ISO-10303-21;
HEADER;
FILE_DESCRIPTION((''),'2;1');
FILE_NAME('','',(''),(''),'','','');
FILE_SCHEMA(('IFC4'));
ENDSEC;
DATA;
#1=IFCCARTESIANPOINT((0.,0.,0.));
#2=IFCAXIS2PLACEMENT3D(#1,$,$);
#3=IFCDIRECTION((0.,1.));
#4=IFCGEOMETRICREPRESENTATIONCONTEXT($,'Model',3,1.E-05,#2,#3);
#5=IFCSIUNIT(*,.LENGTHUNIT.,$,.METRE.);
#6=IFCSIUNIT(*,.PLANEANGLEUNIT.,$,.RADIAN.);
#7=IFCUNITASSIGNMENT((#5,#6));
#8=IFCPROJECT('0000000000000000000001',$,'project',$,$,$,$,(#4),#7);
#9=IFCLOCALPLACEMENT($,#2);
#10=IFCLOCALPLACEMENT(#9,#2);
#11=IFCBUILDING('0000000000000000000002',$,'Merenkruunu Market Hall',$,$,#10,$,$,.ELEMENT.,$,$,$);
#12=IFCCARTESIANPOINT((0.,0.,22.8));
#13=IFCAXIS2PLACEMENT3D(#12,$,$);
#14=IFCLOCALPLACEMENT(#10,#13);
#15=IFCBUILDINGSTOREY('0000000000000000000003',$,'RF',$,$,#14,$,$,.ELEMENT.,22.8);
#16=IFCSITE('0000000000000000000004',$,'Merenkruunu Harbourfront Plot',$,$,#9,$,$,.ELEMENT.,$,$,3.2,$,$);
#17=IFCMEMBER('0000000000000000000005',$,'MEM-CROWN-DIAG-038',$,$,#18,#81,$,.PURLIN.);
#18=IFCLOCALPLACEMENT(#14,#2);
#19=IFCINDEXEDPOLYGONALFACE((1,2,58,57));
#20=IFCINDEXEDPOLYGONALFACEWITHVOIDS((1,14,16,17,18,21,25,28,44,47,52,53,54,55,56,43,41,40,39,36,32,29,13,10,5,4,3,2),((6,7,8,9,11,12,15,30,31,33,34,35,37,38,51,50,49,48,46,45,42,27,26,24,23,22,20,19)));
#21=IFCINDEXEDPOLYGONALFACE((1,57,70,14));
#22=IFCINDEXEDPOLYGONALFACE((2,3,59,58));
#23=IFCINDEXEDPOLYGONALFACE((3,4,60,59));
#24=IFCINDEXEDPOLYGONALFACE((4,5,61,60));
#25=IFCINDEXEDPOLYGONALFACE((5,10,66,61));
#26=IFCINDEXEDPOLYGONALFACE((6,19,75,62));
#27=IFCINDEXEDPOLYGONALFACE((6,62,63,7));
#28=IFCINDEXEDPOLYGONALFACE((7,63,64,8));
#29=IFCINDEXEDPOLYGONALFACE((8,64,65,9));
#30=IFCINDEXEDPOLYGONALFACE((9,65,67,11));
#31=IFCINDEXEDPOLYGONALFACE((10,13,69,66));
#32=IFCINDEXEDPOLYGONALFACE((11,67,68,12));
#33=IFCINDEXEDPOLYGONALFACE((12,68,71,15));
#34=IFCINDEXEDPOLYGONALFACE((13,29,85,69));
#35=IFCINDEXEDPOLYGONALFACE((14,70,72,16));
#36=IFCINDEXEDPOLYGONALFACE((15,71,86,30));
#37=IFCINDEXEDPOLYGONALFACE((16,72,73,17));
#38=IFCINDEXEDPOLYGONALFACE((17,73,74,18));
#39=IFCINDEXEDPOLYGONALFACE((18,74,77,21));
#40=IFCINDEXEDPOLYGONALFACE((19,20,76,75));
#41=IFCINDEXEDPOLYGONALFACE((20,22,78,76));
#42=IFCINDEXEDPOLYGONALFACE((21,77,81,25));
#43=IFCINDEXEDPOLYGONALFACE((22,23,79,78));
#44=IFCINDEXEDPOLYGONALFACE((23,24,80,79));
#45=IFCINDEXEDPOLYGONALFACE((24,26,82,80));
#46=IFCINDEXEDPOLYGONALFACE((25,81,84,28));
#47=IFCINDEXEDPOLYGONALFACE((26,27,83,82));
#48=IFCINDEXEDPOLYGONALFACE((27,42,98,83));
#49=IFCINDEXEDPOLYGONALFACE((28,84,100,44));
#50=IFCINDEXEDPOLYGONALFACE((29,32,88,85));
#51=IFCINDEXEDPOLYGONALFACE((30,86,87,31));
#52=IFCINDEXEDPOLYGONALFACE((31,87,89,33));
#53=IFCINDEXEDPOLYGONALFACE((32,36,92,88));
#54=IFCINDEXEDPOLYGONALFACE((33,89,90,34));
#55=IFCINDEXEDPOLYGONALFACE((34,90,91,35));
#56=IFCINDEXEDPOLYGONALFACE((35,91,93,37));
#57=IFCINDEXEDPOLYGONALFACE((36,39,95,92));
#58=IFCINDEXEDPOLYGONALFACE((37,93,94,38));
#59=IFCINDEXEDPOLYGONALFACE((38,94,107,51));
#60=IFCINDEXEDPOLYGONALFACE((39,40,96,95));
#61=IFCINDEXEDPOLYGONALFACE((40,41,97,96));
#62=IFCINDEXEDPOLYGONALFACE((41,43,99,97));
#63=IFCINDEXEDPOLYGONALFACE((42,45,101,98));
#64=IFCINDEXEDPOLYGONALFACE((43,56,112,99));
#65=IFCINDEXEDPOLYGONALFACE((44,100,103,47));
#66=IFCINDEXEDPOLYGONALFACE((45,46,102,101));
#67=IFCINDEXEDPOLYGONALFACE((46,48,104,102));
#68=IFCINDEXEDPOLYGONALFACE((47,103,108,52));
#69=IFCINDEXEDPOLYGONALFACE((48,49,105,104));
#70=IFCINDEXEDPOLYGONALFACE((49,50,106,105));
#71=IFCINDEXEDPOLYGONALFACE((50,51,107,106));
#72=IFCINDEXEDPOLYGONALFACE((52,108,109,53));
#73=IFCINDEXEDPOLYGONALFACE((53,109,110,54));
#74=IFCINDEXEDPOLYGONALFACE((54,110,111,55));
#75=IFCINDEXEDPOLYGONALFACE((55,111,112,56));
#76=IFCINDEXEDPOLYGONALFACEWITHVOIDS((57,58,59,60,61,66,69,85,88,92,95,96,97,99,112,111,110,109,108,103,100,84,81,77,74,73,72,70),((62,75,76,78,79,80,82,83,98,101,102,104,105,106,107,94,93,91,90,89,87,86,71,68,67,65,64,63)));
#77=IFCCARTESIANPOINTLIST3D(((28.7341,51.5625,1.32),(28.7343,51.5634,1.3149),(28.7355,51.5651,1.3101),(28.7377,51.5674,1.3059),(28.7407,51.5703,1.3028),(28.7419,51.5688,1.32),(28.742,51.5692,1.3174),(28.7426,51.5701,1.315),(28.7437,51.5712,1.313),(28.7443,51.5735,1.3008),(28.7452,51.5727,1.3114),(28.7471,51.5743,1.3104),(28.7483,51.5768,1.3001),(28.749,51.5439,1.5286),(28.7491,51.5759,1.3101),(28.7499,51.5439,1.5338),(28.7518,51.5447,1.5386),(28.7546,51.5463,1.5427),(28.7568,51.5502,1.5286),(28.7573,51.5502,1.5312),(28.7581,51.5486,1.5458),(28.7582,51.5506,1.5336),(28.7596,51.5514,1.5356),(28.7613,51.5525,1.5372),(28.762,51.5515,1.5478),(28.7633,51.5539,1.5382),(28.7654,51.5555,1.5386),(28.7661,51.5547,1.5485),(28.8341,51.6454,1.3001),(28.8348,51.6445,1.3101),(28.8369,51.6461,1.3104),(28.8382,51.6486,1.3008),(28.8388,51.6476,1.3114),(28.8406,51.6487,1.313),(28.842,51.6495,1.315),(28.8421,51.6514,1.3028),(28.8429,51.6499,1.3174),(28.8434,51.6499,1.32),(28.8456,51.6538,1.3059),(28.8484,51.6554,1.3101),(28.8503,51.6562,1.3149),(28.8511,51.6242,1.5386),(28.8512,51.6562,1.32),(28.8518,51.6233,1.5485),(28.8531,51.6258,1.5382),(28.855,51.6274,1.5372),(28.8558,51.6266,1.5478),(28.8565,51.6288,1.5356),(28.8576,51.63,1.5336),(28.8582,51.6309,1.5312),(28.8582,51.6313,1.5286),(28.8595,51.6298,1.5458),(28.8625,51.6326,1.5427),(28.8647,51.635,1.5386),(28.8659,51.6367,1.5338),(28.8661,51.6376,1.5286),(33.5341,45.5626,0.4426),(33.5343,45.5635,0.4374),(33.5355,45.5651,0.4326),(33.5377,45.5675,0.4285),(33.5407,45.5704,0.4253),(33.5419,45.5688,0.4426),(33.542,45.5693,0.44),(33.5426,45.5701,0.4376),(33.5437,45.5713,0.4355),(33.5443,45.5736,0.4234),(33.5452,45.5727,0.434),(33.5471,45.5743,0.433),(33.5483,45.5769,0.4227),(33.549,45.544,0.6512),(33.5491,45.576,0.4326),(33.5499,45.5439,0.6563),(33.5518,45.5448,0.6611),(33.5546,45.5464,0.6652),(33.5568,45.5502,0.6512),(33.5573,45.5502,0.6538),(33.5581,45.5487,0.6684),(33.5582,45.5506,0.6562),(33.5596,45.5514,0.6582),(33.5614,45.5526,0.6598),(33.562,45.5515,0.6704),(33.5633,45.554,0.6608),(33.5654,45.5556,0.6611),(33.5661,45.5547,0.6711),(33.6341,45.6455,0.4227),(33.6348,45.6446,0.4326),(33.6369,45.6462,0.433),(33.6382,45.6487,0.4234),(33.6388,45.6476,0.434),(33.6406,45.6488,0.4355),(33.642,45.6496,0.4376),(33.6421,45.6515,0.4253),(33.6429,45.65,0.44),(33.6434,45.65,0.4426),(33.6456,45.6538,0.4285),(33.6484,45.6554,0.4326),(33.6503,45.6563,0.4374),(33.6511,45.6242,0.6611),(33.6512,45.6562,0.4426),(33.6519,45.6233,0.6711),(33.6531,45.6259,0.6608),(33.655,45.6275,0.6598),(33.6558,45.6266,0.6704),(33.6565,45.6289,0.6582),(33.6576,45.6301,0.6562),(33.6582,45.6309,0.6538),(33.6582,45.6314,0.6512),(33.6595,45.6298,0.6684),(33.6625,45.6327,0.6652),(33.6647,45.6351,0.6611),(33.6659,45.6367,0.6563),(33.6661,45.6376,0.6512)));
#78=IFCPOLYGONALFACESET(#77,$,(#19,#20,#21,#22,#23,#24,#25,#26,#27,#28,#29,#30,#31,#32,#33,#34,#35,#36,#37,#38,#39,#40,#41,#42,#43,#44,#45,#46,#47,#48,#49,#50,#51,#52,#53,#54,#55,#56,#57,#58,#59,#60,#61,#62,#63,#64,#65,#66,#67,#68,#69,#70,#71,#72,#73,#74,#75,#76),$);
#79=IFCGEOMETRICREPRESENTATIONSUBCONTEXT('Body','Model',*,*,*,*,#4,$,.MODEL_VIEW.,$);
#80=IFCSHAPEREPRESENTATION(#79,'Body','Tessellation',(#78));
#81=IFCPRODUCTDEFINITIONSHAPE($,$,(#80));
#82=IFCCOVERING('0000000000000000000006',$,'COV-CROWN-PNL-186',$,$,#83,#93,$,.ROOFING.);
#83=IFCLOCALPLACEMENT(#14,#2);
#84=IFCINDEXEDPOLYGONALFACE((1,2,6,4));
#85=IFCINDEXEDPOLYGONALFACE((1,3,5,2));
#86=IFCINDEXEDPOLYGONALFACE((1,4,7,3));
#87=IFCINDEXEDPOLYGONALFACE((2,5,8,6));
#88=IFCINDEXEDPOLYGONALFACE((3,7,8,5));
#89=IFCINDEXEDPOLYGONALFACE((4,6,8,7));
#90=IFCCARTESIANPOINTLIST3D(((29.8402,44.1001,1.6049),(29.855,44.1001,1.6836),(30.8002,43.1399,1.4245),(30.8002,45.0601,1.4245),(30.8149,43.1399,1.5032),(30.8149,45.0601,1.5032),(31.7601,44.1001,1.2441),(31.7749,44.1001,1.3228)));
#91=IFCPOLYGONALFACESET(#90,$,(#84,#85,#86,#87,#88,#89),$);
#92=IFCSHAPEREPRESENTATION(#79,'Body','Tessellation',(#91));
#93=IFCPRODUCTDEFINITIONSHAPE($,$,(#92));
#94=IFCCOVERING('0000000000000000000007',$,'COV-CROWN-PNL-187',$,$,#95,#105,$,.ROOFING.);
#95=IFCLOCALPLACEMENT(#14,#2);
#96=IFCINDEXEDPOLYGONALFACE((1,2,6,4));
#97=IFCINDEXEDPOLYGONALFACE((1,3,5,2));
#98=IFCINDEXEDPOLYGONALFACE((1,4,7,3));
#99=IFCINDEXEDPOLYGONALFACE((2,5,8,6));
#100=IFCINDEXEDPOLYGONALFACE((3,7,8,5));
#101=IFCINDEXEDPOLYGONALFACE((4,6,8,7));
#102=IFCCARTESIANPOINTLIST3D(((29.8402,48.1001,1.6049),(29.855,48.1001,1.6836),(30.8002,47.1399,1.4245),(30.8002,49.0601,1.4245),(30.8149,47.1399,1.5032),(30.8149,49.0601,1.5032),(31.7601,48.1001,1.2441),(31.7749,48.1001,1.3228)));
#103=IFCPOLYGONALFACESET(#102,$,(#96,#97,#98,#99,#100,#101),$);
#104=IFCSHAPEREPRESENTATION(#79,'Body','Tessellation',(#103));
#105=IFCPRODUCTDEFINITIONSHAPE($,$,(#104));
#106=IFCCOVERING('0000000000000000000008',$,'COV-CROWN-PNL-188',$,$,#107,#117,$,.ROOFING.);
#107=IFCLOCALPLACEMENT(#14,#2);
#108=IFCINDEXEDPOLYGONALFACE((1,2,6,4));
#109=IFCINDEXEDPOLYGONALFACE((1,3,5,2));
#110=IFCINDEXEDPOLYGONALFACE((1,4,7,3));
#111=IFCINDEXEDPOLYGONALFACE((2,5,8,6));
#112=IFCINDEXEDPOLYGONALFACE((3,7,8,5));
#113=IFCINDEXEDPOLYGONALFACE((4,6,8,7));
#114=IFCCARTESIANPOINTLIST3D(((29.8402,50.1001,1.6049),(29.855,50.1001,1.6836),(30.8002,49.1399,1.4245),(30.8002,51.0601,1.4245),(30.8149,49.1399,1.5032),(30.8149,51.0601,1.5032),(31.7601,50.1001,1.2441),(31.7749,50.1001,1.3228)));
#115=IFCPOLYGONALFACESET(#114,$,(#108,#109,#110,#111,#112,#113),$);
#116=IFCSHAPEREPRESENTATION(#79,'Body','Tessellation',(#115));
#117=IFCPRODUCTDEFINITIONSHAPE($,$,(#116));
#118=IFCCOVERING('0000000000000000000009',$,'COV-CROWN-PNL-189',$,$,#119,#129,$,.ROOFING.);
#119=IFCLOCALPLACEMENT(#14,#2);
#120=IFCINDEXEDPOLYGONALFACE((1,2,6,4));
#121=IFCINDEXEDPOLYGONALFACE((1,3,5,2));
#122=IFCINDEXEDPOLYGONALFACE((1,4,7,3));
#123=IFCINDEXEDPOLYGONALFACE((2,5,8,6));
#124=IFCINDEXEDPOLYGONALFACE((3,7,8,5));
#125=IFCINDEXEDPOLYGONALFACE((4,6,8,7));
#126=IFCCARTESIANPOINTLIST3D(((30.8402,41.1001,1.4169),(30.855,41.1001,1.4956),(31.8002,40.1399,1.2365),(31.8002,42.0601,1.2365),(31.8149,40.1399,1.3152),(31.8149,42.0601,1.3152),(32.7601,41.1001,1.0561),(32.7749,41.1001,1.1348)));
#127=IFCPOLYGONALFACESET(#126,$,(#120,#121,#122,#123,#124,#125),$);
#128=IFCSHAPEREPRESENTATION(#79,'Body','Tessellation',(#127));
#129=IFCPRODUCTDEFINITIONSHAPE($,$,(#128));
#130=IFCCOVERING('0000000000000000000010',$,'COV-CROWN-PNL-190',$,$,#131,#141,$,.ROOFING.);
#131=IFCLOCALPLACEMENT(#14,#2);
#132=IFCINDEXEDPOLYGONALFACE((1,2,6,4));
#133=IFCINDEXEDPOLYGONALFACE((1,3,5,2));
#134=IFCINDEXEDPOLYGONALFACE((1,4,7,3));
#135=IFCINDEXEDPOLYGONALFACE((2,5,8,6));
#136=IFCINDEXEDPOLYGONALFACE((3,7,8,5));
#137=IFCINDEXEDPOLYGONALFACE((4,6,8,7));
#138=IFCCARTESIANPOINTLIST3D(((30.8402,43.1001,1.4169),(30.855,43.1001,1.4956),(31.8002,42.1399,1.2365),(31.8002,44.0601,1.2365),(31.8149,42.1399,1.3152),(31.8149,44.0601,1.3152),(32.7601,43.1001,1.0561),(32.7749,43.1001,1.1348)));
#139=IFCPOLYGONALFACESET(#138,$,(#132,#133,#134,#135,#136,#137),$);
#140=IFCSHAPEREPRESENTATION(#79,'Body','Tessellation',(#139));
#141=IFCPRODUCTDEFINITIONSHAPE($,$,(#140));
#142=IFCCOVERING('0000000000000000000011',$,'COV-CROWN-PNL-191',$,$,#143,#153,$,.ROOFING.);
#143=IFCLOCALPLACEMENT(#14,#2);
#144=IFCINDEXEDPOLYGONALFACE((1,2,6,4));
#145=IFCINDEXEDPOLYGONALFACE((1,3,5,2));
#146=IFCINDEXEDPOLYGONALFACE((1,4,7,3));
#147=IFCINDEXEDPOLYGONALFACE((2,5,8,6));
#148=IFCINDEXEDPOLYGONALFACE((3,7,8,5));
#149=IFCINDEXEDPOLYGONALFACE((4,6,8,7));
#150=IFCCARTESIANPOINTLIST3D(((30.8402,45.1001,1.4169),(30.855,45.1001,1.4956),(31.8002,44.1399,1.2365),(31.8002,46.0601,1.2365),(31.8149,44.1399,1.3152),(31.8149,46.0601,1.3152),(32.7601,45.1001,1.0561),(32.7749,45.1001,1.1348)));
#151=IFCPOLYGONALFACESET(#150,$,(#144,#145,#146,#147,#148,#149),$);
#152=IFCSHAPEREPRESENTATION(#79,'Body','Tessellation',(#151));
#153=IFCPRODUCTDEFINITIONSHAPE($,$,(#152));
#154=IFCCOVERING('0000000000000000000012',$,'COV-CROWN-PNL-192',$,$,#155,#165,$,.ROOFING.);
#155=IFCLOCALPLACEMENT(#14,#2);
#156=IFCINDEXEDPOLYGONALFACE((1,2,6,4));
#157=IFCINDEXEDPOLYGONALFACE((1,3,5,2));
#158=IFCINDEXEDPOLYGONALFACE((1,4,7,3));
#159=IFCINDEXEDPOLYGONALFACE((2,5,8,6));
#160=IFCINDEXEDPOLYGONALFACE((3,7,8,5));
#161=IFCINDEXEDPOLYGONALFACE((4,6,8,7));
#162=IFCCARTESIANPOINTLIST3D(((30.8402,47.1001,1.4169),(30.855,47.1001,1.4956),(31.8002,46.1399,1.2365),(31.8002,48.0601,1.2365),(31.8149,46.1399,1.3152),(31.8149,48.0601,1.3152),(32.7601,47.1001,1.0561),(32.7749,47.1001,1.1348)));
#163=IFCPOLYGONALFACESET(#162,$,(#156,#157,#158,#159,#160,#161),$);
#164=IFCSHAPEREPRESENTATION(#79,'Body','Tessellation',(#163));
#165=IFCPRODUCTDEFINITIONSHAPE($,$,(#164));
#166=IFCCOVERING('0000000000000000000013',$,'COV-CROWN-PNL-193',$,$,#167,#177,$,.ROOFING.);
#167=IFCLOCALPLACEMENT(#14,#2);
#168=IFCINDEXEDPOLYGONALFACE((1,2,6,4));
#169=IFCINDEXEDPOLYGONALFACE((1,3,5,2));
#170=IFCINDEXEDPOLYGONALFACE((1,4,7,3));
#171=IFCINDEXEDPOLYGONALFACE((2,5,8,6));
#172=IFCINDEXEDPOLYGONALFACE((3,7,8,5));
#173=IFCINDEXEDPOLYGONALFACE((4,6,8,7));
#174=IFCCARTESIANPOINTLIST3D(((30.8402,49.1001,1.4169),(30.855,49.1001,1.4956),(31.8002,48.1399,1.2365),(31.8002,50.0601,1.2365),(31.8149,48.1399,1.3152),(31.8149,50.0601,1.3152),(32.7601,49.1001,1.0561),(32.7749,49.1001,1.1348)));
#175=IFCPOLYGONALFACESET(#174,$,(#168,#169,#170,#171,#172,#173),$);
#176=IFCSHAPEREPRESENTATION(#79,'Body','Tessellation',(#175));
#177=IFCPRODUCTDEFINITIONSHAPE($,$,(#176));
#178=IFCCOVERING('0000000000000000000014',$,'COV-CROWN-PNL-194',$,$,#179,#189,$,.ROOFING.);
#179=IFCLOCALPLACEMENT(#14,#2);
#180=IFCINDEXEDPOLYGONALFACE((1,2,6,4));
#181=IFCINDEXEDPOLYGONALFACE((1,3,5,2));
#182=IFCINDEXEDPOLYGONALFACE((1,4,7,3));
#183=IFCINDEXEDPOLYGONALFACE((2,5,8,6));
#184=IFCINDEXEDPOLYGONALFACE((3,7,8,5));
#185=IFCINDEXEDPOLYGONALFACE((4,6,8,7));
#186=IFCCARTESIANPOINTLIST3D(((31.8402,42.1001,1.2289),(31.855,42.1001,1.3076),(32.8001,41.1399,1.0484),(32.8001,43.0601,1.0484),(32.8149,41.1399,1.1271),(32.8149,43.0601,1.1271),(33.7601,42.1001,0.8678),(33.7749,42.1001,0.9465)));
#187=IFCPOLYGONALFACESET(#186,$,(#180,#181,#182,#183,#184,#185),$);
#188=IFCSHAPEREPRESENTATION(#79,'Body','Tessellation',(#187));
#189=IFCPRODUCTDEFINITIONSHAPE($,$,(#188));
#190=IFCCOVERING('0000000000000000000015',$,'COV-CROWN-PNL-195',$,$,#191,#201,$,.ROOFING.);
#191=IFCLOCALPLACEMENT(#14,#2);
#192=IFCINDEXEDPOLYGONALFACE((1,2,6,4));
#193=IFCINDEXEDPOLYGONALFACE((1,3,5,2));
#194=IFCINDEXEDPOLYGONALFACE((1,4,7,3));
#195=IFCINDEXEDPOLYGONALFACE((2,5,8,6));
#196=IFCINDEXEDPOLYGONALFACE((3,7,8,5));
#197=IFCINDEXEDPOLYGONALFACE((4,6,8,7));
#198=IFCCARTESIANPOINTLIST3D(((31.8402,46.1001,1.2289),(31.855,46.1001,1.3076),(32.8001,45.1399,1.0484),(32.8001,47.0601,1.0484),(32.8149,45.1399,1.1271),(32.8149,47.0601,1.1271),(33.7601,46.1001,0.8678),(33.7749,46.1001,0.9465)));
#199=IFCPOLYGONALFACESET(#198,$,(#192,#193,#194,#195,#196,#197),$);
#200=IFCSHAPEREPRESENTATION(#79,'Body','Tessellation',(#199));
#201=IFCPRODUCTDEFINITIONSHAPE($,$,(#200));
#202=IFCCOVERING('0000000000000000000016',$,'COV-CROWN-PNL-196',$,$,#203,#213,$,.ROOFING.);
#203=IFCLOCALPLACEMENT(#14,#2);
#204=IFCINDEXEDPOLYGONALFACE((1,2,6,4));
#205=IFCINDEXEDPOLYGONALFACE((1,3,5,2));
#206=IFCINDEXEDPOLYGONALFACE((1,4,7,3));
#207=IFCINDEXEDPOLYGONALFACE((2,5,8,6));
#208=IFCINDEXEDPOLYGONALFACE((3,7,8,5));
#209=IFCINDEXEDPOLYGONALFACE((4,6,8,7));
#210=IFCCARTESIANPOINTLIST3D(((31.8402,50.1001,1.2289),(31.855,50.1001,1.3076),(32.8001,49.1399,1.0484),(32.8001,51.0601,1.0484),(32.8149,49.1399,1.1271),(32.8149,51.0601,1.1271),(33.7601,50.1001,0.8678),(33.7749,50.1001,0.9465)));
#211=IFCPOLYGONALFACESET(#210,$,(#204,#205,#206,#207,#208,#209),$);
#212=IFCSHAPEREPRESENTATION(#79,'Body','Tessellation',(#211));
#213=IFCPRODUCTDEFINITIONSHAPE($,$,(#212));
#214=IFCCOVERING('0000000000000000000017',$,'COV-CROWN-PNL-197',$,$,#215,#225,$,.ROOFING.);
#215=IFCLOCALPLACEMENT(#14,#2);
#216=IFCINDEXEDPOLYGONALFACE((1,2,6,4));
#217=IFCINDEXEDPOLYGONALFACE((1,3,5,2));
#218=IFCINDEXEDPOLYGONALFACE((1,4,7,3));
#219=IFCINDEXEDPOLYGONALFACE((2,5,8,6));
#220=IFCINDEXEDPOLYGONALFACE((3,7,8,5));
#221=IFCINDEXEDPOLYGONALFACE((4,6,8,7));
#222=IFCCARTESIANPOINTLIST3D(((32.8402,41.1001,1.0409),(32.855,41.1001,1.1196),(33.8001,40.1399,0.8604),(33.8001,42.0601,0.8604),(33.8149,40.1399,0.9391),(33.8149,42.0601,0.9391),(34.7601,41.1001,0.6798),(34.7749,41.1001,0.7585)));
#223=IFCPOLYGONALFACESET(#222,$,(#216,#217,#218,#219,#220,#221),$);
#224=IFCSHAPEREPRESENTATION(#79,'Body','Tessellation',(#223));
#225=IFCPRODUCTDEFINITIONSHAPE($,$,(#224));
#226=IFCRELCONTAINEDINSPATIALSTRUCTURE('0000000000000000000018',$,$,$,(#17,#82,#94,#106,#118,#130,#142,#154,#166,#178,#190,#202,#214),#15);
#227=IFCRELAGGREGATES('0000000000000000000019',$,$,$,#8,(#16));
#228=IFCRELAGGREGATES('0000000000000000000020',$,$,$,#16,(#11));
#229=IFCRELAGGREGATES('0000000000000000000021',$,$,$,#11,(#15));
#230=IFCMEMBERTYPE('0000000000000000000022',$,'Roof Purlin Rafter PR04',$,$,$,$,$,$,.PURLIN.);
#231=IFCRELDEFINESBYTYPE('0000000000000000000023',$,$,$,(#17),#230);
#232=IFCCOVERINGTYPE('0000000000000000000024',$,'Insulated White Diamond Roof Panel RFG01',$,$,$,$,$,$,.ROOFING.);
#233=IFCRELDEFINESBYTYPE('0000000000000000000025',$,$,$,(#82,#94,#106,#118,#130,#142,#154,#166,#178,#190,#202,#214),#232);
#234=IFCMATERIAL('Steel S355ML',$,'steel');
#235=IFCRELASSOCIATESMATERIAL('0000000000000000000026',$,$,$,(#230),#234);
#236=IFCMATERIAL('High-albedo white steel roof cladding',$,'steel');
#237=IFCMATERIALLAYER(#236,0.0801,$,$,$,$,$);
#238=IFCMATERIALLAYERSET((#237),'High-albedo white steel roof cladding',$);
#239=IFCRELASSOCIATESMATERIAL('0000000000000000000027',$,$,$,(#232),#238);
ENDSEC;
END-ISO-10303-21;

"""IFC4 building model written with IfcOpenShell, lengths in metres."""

from ifc_helpers import new_model, si_unit, direction, frame, origin, origin_2d, place, context, subcontext, project, spatial, polyline, hollow_rectangle, outline, extrude, material, layer, layer_set, material_profile, profile_set, type_object, element, save


model = new_model("IFC4")

# Units and contexts
model_context = context("Model", 3, precision=1e-05, world=origin(), true_north=direction((0.0, 1.0)))
body_context = subcontext(model_context, "Body", "Model", "MODEL_VIEW")
ifc_project = project(units=[si_unit("LENGTHUNIT", "METRE"), si_unit("PLANEANGLEUNIT", "RADIAN")], contexts=[model_context])

# Site, building, storey
site_placement = place(None, origin())
site = spatial("IfcSite", under=ifc_project, at=site_placement, Name="Merenkruunu Harbourfront Plot", CompositionType="ELEMENT", RefElevation=3.2)
building_placement = place(site_placement, origin())
building = spatial("IfcBuilding", under=site, at=building_placement, Name="Merenkruunu Market Hall", CompositionType="ELEMENT")
storey_placement = place(building_placement, frame((0.0, 0.0, 22.8)))
storey = spatial("IfcBuildingStorey", under=building, at=storey_placement, Name="RF", CompositionType="ELEMENT", Elevation=22.8)

# Member
ifc_material_1 = material(Name="Steel S355ML", Category="steel")
ifc_material_profile = material_profile(ifc_material_1, hollow_rectangle(XDim=0.1499, YDim=0.25, WallThickness=0.01, InnerFilletRadius=0.01, OuterFilletRadius=0.02, at=origin_2d()), Name="RHS 250x150x10")
ifc_profile_set = profile_set([ifc_material_profile], Name="Steel S355ML")
member_type = type_object("IfcMemberType", Name="Roof Purlin Rafter PR04", PredefinedType="PURLIN", material=ifc_profile_set)
member_placement = place(storey_placement, frame((33.6001, 45.6001, 0.5469), z_axis=(-0.620665, 0.775824, 0.113457), x_axis=(-0.780866, -0.624699, 0.0)))
element("IfcMember", 1, at=member_placement, inside=storey, type_object=member_type, Name="MEM-CROWN-DIAG-038", PredefinedType="PURLIN", context=body_context, shape_type="SweptSolid", body=[
    extrude(hollow_rectangle(XDim=0.1499, YDim=0.25, WallThickness=0.01, InnerFilletRadius=0.01, OuterFilletRadius=0.02, at=origin_2d()), origin(), (0.0, 0.0, 1.0), 7.7336),
])

# Coverings
ifc_material_2 = material(Name="High-albedo white steel roof cladding", Category="steel")
ifc_layer_1 = layer(ifc_material_2, 0.0801)
ifc_layer_set_1 = layer_set([ifc_layer_1], Name="High-albedo white steel roof cladding")
covering_type_1 = type_object("IfcCoveringType", Name="Insulated White Diamond Roof Panel RFG01", PredefinedType="ROOFING", material=ifc_layer_set_1)
for number, where, z_axis, x_axis, name in (
    (2, (29.855, 44.1001, 1.6836), (0.184711, 0.0, 0.982793), (0.700856, -0.701035, -0.131722), "COV-CROWN-PNL-186"),
    (3, (29.855, 48.1001, 1.6836), (0.184711, 0.0, 0.982793), (0.700856, -0.701035, -0.131722), "COV-CROWN-PNL-187"),
    (4, (29.855, 50.1001, 1.6836), (0.184711, 0.0, 0.982793), (0.700856, -0.701035, -0.131722), "COV-CROWN-PNL-188"),
    (5, (30.855, 41.1001, 1.4956), (0.184711, 0.0, 0.982793), (0.700856, -0.701035, -0.131722), "COV-CROWN-PNL-189"),
    (6, (30.855, 43.1001, 1.4956), (0.184711, 0.0, 0.982793), (0.700856, -0.701035, -0.131722), "COV-CROWN-PNL-190"),
    (7, (30.855, 45.1001, 1.4956), (0.184711, 0.0, 0.982793), (0.700856, -0.701035, -0.131722), "COV-CROWN-PNL-191"),
    (8, (30.855, 47.1001, 1.4956), (0.184711, 0.0, 0.982793), (0.700856, -0.701035, -0.131722), "COV-CROWN-PNL-192"),
    (9, (30.855, 49.1001, 1.4956), (0.184711, 0.0, 0.982793), (0.700856, -0.701035, -0.131722), "COV-CROWN-PNL-193"),
):
    element("IfcCovering", number, at=place(storey_placement, frame(where, z_axis=z_axis, x_axis=x_axis)), inside=storey, type_object=covering_type_1, Name=name, PredefinedType="ROOFING", context=body_context, shape_type="SweptSolid", body=[
        extrude(outline(polyline([(0.0, 0.0), (1.3697, 0.0), (1.3931, 1.3695), (0.0236, 1.3693), (0.0, 0.0)])), origin(), (0.0, 0.0, -1.0), 0.0801),
    ])
for number, where, z_axis, x_axis, name in (
    (10, (31.855, 42.1001, 1.3076), (0.184832, 0.0, 0.98277), (0.70084, -0.701035, -0.131809), "COV-CROWN-PNL-194"),
    (11, (31.855, 46.1001, 1.3076), (0.184832, 0.0, 0.98277), (0.70084, -0.701035, -0.131809), "COV-CROWN-PNL-195"),
    (12, (31.855, 50.1001, 1.3076), (0.184832, 0.0, 0.98277), (0.70084, -0.701035, -0.131809), "COV-CROWN-PNL-196"),
    (13, (32.855, 41.1001, 1.1196), (0.184832, 0.0, 0.98277), (0.70084, -0.701035, -0.131809), "COV-CROWN-PNL-197"),
):
    element("IfcCovering", number, at=place(storey_placement, frame(where, z_axis=z_axis, x_axis=x_axis)), inside=storey, type_object=covering_type_1, Name=name, PredefinedType="ROOFING", context=body_context, shape_type="SweptSolid", body=[
        extrude(outline(polyline([(0.0, 0.0), (1.3697, 0.0), (1.3932, 1.3695), (0.0236, 1.3693), (0.0, 0.0)])), origin(), (0.0, 0.0, -1.0), 0.0801),
    ])

save(model, "model.ifc")
